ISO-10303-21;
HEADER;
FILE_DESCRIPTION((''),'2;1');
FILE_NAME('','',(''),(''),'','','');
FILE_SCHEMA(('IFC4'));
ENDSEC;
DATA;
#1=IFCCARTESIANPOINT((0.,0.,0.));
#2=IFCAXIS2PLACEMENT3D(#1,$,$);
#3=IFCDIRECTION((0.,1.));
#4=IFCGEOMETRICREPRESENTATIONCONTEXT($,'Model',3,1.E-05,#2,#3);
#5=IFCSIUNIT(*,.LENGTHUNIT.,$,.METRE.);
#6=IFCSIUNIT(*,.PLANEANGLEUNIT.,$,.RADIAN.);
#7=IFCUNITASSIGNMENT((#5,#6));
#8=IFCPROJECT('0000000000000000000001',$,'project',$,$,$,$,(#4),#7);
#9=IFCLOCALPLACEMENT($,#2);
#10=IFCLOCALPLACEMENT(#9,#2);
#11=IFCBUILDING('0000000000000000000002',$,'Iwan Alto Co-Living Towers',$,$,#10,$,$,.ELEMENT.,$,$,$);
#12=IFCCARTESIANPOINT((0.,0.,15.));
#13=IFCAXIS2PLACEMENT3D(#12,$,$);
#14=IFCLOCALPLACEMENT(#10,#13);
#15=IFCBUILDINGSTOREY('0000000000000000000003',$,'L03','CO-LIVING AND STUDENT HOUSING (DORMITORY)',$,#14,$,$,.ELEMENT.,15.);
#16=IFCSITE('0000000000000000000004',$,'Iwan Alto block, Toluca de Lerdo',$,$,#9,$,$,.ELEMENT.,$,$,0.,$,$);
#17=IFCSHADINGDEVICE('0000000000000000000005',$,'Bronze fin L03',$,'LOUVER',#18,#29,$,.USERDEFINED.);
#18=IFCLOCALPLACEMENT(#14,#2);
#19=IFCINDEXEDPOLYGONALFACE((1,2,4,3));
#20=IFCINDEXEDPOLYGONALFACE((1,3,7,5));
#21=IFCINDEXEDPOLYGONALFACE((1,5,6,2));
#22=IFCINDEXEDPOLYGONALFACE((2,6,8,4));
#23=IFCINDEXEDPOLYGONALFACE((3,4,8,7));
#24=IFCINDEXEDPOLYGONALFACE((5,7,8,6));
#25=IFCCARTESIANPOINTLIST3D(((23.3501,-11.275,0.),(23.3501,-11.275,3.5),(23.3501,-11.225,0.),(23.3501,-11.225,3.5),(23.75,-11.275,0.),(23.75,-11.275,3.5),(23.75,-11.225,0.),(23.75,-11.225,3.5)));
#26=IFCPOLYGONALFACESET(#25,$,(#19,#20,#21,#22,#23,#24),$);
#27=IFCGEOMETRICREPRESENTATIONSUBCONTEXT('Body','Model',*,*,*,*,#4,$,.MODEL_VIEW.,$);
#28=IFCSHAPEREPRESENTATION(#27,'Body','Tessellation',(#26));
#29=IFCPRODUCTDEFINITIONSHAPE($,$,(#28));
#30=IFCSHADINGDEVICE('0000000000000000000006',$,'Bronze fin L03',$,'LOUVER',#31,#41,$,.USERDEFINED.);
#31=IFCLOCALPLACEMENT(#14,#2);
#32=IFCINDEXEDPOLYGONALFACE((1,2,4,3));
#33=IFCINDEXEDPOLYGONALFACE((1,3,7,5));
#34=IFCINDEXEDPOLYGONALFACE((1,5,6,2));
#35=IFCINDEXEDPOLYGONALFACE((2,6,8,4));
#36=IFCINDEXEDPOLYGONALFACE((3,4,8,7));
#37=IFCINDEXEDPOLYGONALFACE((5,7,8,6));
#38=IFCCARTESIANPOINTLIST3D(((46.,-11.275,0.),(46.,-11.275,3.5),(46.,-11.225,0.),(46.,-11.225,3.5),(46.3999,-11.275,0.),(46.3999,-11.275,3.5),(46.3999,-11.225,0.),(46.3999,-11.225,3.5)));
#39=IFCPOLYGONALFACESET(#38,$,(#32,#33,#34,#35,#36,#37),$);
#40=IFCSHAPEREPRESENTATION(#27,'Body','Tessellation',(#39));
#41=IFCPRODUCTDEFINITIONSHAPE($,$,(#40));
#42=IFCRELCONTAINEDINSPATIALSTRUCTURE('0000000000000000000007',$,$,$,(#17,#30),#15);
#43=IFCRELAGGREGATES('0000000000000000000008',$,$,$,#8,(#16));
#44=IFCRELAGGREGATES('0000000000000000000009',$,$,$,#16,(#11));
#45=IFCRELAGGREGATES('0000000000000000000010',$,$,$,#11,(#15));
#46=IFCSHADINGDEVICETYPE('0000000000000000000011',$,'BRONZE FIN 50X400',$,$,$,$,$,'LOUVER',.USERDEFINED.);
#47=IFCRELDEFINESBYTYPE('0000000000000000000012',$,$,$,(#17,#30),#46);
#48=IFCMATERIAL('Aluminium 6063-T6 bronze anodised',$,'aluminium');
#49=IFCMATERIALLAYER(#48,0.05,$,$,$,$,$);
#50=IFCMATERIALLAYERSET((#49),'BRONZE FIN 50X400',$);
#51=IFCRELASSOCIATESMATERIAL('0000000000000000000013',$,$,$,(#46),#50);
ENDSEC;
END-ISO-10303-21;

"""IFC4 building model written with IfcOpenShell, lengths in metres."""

from ifc_helpers import new_model, si_unit, direction, frame, origin, origin_2d, place, context, subcontext, project, spatial, rectangle, extrude, material, layer, layer_set, type_object, element, save


model = new_model("IFC4")

# Units and contexts
model_context = context("Model", 3, precision=1e-05, world=origin(), true_north=direction((0.0, 1.0)))
body_context = subcontext(model_context, "Body", "Model", "MODEL_VIEW")
ifc_project = project(units=[si_unit("LENGTHUNIT", "METRE"), si_unit("PLANEANGLEUNIT", "RADIAN")], contexts=[model_context])

# Site, building, storey
site_placement = place(None, origin())
site = spatial("IfcSite", under=ifc_project, at=site_placement, Name="Iwan Alto block, Toluca de Lerdo", CompositionType="ELEMENT", RefElevation=0.0)
building_placement = place(site_placement, origin())
building = spatial("IfcBuilding", under=site, at=building_placement, Name="Iwan Alto Co-Living Towers", CompositionType="ELEMENT")
storey_placement = place(building_placement, frame((0.0, 0.0, 15.0)))
storey = spatial("IfcBuildingStorey", under=building, at=storey_placement, Name="L03", Description="CO-LIVING AND STUDENT HOUSING (DORMITORY)", CompositionType="ELEMENT", Elevation=15.0)

# Shading devices
ifc_material_1 = material(Name="Aluminium 6063-T6 bronze anodised", Category="aluminium")
ifc_layer_1 = layer(ifc_material_1, 0.05)
ifc_layer_set_1 = layer_set([ifc_layer_1], Name="BRONZE FIN 50X400")
shading_device_type = type_object("IfcShadingDeviceType", Name="BRONZE FIN 50X400", ElementType="LOUVER", PredefinedType="USERDEFINED", material=ifc_layer_set_1)
for number, where, z_axis, x_axis, name in (
    (1, (23.55, -11.25, 0.0), (0.0, 0.0, 1.0), (0.0, 1.0, 0.0), "Bronze fin L03"),
    (2, (46.2, -11.25, 0.0), (0.0, 0.0, 1.0), (0.0, -1.0, 0.0), "Bronze fin L03"),
):
    element("IfcShadingDevice", number, at=place(storey_placement, frame(where, z_axis=z_axis, x_axis=x_axis)), inside=storey, type_object=shading_device_type, Name=name, ObjectType="LOUVER", PredefinedType="USERDEFINED", context=body_context, shape_type="SweptSolid", body=[
        extrude(rectangle(XDim=0.05, YDim=0.3999, at=origin_2d()), origin(), (0.0, 0.0, 1.0), 3.5),
    ])

save(model, "model.ifc")
